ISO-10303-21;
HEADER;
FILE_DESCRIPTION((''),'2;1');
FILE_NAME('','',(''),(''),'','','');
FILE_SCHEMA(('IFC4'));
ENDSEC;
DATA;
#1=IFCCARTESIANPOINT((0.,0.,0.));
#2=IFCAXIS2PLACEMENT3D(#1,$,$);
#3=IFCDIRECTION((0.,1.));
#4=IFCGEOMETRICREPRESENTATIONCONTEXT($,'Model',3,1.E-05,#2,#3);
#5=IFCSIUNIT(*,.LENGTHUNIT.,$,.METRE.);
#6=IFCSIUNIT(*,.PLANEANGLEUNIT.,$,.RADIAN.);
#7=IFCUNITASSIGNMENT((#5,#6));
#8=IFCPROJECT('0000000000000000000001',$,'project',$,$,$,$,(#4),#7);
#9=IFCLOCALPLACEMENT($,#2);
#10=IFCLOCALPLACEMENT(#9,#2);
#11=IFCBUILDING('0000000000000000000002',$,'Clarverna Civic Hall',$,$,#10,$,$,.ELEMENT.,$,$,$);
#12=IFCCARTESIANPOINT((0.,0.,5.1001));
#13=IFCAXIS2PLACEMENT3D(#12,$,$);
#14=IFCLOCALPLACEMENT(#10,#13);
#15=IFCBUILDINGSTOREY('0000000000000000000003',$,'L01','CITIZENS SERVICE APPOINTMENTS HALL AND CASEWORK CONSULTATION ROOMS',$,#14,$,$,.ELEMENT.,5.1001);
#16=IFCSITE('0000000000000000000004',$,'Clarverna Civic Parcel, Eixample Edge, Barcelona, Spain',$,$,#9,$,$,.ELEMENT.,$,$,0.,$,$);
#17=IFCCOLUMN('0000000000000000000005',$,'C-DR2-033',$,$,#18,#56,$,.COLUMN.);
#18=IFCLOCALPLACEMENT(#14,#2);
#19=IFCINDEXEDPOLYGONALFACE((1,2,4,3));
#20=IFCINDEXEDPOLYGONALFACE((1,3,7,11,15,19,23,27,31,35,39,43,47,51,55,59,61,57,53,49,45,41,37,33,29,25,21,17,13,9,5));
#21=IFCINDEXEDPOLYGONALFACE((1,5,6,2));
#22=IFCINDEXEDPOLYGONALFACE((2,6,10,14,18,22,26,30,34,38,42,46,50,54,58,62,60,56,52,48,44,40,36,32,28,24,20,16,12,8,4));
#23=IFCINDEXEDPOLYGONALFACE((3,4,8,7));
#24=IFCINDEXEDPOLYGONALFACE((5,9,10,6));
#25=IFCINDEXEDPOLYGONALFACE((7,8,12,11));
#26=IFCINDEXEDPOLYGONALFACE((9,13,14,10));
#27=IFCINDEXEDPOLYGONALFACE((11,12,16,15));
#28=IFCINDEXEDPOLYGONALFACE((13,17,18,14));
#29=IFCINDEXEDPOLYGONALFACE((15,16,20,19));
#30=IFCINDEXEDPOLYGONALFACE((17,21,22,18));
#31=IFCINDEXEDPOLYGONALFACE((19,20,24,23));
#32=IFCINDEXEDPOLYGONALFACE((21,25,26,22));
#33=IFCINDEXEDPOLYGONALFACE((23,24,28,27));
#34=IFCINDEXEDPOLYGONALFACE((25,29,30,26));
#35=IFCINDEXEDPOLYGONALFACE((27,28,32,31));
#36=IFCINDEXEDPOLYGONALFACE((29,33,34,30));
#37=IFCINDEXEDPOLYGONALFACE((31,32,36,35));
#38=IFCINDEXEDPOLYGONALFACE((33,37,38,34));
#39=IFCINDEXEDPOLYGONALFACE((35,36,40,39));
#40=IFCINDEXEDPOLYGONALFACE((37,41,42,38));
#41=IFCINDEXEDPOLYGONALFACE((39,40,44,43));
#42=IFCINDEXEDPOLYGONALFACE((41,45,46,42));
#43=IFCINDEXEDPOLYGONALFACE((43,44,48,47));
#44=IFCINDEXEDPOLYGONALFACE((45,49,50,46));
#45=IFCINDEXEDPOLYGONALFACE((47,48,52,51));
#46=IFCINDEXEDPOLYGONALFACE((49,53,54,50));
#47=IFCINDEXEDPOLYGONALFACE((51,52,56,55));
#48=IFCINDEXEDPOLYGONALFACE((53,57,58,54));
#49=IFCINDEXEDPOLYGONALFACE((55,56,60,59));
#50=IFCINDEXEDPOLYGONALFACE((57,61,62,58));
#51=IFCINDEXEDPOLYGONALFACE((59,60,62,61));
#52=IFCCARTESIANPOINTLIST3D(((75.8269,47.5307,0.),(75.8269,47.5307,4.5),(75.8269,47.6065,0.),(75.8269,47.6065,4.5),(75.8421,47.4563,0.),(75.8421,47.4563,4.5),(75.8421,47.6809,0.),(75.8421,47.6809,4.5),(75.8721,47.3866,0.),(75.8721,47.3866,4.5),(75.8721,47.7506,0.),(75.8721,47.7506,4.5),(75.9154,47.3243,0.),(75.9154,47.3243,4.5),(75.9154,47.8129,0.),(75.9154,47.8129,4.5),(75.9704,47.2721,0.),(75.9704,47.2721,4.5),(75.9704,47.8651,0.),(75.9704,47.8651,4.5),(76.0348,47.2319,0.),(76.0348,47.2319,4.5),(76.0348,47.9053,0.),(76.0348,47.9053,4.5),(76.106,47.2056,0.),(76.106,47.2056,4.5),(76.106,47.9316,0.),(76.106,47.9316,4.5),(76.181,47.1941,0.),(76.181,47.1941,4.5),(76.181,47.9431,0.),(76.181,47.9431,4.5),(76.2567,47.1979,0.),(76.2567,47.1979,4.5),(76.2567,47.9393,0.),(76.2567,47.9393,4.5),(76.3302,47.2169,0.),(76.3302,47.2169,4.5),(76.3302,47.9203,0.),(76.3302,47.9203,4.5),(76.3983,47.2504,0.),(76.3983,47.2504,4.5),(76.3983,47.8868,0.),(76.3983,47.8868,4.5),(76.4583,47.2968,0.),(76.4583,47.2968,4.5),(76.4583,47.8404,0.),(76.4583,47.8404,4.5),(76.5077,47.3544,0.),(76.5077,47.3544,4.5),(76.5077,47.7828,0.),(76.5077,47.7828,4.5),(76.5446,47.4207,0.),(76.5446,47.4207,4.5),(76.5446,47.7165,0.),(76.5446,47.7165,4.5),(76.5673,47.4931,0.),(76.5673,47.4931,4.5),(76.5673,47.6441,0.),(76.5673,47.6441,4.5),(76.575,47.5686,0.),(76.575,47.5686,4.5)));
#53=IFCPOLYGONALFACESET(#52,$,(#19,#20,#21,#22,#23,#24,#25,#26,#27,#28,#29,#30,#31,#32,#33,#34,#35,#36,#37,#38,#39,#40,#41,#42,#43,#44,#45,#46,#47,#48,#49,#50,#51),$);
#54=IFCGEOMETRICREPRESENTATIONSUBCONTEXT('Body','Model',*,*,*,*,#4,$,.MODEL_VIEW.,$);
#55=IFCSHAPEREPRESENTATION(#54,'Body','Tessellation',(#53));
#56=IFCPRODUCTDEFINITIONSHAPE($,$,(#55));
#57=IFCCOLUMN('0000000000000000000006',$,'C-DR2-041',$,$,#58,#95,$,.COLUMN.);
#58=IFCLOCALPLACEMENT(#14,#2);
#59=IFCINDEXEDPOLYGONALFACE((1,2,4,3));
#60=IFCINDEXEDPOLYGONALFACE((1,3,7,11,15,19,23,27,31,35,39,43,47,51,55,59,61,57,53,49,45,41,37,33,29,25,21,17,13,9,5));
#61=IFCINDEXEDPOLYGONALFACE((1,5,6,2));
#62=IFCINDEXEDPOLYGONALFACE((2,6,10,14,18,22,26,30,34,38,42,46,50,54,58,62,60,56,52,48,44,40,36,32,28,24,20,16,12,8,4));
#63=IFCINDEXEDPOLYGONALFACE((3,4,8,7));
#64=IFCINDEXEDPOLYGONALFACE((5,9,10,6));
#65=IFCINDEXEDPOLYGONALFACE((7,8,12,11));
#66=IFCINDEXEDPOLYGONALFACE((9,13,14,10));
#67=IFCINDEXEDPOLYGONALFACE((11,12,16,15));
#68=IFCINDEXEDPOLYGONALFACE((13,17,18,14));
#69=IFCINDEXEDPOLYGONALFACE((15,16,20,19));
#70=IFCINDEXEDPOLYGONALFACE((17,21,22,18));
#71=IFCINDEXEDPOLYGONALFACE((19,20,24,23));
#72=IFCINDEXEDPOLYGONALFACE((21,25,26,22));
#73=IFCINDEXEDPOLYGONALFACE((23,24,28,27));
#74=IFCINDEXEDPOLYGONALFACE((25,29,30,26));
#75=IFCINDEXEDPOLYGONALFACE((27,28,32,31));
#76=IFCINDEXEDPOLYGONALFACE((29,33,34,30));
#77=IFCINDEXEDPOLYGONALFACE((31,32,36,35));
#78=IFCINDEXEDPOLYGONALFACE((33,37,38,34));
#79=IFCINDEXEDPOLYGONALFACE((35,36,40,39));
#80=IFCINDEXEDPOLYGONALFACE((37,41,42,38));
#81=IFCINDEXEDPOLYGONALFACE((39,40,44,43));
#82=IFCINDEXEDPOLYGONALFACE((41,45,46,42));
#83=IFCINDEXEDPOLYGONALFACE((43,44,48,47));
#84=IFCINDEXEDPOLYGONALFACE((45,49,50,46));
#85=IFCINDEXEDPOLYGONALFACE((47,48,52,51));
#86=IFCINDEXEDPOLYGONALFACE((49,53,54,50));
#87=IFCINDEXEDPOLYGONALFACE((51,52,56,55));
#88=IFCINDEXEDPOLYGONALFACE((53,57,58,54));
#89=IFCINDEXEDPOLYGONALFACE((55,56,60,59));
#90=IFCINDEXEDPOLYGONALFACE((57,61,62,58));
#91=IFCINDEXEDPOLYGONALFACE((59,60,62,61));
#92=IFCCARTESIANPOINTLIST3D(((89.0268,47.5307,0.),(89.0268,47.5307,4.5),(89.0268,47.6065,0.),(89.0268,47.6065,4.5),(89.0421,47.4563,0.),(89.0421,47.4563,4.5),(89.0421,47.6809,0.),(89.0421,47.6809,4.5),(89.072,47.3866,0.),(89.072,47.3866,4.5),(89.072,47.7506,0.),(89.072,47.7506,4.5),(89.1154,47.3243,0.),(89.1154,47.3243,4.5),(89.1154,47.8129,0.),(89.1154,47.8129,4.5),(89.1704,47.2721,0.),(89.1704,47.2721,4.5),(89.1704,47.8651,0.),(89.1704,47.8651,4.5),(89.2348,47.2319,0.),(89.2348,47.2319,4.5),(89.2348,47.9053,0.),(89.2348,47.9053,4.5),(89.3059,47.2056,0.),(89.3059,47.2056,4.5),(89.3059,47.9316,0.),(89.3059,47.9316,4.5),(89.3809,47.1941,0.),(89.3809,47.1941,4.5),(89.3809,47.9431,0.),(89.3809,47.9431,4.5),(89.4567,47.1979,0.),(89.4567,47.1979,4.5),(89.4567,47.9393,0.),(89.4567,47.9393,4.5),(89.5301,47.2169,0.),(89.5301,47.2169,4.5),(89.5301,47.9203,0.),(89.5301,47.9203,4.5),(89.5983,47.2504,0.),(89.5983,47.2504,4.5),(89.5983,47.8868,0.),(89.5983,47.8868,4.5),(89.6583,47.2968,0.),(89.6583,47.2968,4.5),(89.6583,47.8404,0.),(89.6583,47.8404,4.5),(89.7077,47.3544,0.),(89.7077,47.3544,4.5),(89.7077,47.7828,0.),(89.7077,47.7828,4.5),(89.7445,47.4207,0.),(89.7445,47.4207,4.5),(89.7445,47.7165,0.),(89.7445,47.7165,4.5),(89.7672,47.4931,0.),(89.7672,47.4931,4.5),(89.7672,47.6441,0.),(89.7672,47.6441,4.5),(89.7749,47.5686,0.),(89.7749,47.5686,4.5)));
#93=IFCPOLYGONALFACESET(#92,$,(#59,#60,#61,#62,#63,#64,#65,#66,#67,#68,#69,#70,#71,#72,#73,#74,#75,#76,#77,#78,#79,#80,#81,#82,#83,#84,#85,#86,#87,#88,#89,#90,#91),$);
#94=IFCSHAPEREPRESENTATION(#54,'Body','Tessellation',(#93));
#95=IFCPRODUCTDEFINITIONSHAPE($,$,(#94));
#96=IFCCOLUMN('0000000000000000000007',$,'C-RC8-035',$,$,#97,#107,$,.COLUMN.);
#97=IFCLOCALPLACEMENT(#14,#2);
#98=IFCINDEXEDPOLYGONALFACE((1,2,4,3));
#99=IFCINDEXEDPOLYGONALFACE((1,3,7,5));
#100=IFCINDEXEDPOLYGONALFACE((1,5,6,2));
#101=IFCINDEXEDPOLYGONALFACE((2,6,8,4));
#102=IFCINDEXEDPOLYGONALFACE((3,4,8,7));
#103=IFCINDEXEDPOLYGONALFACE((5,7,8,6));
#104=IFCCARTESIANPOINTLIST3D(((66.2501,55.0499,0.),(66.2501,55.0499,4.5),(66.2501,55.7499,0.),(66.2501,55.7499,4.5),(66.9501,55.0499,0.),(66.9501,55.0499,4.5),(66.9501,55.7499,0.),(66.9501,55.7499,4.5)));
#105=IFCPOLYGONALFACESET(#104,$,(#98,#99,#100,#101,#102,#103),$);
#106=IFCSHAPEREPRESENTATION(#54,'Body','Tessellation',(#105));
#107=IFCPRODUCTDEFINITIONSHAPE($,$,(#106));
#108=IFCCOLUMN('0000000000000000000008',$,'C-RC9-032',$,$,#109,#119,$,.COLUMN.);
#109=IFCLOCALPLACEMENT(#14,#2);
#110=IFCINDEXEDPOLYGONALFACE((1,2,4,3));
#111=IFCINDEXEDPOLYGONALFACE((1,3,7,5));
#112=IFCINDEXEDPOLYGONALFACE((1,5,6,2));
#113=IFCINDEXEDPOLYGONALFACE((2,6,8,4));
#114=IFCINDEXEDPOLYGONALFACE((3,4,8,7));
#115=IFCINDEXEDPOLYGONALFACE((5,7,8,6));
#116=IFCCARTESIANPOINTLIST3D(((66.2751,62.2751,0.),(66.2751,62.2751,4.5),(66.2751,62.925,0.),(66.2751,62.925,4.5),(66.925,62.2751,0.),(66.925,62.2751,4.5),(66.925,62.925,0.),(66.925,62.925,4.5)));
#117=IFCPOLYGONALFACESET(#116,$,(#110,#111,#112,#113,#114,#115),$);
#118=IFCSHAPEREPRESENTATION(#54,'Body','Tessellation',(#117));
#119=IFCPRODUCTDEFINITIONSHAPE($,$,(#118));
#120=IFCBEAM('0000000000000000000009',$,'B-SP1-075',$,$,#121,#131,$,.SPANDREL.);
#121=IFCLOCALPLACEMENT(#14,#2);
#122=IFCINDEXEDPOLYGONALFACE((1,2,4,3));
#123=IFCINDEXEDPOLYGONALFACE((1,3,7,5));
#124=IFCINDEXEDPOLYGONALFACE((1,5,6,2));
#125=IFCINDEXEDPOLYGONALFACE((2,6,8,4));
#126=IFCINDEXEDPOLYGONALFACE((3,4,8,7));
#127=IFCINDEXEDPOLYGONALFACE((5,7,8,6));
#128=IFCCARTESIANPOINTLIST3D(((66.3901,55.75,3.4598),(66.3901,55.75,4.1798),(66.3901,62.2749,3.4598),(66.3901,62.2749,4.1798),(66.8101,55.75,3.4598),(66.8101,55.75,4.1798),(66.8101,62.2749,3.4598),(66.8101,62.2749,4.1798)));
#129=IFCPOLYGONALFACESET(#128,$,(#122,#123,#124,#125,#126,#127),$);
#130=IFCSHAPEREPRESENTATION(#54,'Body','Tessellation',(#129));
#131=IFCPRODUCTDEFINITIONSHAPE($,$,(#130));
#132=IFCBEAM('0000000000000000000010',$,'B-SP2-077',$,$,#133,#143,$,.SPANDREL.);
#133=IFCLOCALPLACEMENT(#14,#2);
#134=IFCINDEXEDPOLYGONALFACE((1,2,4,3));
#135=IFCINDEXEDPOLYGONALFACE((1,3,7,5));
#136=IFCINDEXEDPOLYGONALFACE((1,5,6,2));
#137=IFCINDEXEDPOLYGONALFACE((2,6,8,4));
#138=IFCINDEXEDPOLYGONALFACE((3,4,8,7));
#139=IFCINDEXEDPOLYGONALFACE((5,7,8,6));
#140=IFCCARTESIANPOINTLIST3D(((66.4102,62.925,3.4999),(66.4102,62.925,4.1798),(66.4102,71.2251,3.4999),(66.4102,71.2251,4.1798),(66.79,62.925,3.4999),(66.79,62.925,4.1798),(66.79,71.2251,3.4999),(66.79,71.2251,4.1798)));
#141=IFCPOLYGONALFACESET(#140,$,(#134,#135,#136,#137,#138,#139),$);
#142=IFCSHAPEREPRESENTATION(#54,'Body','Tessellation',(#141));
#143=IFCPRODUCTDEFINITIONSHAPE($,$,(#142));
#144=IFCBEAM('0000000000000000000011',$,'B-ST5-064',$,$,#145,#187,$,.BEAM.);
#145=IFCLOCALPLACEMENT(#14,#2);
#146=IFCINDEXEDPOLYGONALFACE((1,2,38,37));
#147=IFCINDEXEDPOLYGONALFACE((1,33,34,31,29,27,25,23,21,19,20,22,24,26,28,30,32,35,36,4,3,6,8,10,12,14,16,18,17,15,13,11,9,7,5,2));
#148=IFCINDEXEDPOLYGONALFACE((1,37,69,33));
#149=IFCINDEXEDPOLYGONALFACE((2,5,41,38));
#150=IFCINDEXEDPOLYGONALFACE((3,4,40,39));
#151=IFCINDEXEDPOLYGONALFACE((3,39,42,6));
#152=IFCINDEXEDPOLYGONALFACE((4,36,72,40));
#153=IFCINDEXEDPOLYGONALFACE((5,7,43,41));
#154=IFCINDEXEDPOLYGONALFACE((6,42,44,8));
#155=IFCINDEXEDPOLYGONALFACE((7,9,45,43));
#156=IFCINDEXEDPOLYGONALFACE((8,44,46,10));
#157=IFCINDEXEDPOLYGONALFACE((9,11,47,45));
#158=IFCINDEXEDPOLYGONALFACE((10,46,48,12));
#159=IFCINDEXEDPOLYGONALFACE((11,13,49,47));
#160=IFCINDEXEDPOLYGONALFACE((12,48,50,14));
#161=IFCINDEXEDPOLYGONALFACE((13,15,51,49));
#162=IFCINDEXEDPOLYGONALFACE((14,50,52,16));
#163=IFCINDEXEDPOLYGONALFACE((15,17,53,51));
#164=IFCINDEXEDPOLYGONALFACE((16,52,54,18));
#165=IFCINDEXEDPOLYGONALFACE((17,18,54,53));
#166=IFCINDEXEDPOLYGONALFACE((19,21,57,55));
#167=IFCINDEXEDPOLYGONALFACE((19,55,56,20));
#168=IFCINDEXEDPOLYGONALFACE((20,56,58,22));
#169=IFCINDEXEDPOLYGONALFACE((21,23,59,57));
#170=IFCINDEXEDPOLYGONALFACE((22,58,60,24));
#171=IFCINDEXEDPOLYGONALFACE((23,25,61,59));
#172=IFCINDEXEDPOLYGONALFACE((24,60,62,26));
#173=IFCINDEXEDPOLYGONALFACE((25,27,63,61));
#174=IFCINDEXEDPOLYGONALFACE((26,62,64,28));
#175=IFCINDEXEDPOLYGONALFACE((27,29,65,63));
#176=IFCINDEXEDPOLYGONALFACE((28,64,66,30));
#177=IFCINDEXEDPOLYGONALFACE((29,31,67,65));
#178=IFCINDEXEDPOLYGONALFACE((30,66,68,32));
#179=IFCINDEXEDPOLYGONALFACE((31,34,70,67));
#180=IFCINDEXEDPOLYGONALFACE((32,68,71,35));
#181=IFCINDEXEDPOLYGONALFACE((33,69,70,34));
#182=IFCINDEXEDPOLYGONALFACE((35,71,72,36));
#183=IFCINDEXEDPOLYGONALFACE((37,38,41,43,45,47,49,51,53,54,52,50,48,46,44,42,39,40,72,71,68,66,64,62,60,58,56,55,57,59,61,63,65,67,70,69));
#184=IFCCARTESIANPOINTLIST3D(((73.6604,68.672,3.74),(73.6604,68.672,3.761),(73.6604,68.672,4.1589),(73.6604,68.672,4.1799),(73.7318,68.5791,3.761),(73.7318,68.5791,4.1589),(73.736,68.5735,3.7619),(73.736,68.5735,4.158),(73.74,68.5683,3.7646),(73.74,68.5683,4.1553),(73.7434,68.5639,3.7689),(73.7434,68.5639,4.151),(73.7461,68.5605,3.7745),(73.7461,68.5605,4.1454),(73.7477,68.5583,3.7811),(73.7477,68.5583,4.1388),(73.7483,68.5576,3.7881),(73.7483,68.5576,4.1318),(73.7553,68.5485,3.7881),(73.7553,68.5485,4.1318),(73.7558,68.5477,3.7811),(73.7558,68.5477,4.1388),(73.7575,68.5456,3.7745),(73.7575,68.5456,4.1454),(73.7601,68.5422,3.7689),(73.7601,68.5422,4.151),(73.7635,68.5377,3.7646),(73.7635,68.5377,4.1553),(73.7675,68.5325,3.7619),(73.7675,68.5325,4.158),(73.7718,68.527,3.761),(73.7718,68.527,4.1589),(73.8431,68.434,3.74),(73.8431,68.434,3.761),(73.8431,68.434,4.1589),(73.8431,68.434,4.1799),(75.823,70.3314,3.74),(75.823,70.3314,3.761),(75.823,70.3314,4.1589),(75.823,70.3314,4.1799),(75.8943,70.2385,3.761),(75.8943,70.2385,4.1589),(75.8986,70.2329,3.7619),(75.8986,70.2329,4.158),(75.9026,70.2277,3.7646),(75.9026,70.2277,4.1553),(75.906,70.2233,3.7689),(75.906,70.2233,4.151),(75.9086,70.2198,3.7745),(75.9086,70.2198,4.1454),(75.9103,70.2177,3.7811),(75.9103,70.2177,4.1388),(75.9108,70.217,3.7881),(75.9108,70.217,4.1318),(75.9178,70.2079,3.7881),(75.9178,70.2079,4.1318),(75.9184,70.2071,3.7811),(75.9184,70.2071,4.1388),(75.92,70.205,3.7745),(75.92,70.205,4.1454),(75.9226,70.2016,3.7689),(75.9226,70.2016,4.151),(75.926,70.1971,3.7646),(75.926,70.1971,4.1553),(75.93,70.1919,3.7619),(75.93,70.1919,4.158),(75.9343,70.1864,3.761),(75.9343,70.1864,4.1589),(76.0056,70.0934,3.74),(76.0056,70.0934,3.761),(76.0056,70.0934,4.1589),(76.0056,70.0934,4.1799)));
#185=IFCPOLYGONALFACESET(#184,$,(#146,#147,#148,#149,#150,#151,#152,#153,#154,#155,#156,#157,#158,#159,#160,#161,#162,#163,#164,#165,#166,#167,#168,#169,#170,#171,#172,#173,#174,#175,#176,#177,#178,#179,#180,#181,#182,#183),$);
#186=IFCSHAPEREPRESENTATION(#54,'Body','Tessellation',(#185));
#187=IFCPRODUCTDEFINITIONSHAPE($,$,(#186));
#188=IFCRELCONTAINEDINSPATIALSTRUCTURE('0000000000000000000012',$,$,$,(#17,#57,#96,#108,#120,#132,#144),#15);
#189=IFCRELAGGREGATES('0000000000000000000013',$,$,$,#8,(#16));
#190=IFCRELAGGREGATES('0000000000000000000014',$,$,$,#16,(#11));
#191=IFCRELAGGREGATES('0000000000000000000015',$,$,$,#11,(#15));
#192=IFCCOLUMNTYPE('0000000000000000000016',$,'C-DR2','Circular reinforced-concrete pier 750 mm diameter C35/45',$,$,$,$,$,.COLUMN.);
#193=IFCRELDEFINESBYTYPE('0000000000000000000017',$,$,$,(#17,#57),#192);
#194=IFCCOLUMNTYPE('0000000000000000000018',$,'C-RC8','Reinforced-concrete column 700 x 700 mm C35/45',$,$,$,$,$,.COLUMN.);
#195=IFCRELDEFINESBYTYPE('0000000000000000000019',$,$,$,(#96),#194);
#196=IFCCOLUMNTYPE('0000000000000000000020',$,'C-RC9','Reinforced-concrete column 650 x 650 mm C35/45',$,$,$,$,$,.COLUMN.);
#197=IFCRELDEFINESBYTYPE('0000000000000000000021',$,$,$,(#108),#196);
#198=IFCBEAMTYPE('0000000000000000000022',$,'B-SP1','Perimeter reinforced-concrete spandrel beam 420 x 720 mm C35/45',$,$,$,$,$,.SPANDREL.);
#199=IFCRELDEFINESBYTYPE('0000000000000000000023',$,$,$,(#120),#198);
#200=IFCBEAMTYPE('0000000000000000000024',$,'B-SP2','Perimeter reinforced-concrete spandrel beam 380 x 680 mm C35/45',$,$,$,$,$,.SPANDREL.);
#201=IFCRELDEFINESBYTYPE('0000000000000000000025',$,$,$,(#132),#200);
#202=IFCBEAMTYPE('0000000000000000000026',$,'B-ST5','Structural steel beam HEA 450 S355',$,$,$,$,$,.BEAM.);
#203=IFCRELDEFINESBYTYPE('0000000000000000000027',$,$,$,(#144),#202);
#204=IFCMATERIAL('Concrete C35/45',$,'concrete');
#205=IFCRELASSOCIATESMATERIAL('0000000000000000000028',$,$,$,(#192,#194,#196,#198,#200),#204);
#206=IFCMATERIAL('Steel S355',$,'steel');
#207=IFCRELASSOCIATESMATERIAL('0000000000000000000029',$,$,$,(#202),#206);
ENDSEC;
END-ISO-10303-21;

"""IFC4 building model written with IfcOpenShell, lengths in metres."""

from ifc_helpers import new_model, si_unit, direction, frame, origin, origin_2d, place, context, subcontext, project, spatial, rectangle, circle, i_section, extrude, material, material_profile, profile_set, type_object, element, save


model = new_model("IFC4")

# Units and contexts
model_context = context("Model", 3, precision=1e-05, world=origin(), true_north=direction((0.0, 1.0)))
body_context = subcontext(model_context, "Body", "Model", "MODEL_VIEW")
ifc_project = project(units=[si_unit("LENGTHUNIT", "METRE"), si_unit("PLANEANGLEUNIT", "RADIAN")], contexts=[model_context])

# Site, building, storey
site_placement = place(None, origin())
site = spatial("IfcSite", under=ifc_project, at=site_placement, Name="Clarverna Civic Parcel, Eixample Edge, Barcelona, Spain", CompositionType="ELEMENT", RefElevation=0.0)
building_placement = place(site_placement, origin())
building = spatial("IfcBuilding", under=site, at=building_placement, Name="Clarverna Civic Hall", CompositionType="ELEMENT")
storey_placement = place(building_placement, frame((0.0, 0.0, 5.1001)))
storey = spatial("IfcBuildingStorey", under=building, at=storey_placement, Name="L01", Description="CITIZENS SERVICE APPOINTMENTS HALL AND CASEWORK CONSULTATION ROOMS", CompositionType="ELEMENT", Elevation=5.1001)

# Columns
ifc_material_1 = material(Name="Concrete C35/45", Category="concrete")
ifc_material_profile_1 = material_profile(ifc_material_1, circle(Radius=0.375, at=origin_2d()), Name="RC D750")
ifc_profile_set_1 = profile_set([ifc_material_profile_1], Name="Concrete C35/45")
column_type_1 = type_object("IfcColumnType", Name="C-DR2", Description="Circular reinforced-concrete pier 750 mm diameter C35/45", PredefinedType="COLUMN", material=ifc_profile_set_1)
for number, where, z_axis, x_axis, name in (
    (1, (76.2, 47.5686, 0.0), (0.0, 0.0, 1.0), (1.0, 0.0, 0.0), "C-DR2-033"),
    (2, (89.3999, 47.5686, 0.0), (0.0, 0.0, 1.0), (1.0, 0.0, 0.0), "C-DR2-041"),
):
    element("IfcColumn", number, at=place(storey_placement, frame(where, z_axis=z_axis, x_axis=x_axis)), inside=storey, type_object=column_type_1, Name=name, PredefinedType="COLUMN", context=body_context, shape_type="SweptSolid", body=[
        extrude(circle(Radius=0.375, at=origin_2d()), origin(), (0.0, 0.0, 1.0), 4.5),
    ])
ifc_material_profile_2 = material_profile(ifc_material_1, rectangle(XDim=0.7, YDim=0.7, at=origin_2d()), Name="RC 700x700")
ifc_profile_set_2 = profile_set([ifc_material_profile_2], Name="Concrete C35/45")
column_type_2 = type_object("IfcColumnType", Name="C-RC8", Description="Reinforced-concrete column 700 x 700 mm C35/45", PredefinedType="COLUMN", material=ifc_profile_set_2)
column_1_placement = place(storey_placement, frame((66.6001, 55.3999, 0.0), z_axis=(0.0, 0.0, 1.0), x_axis=(1.0, 0.0, 0.0)))
element("IfcColumn", 3, at=column_1_placement, inside=storey, type_object=column_type_2, Name="C-RC8-035", PredefinedType="COLUMN", context=body_context, shape_type="SweptSolid", body=[
    extrude(rectangle(XDim=0.7, YDim=0.7, at=origin_2d()), origin(), (0.0, 0.0, 1.0), 4.5),
])
ifc_material_profile_3 = material_profile(ifc_material_1, rectangle(XDim=0.6499, YDim=0.6499, at=origin_2d()), Name="RC 650x650")
ifc_profile_set_3 = profile_set([ifc_material_profile_3], Name="Concrete C35/45")
column_type_3 = type_object("IfcColumnType", Name="C-RC9", Description="Reinforced-concrete column 650 x 650 mm C35/45", PredefinedType="COLUMN", material=ifc_profile_set_3)
column_2_placement = place(storey_placement, frame((66.6001, 62.6001, 0.0), z_axis=(0.0, 0.0, 1.0), x_axis=(1.0, 0.0, 0.0)))
element("IfcColumn", 4, at=column_2_placement, inside=storey, type_object=column_type_3, Name="C-RC9-032", PredefinedType="COLUMN", context=body_context, shape_type="SweptSolid", body=[
    extrude(rectangle(XDim=0.6499, YDim=0.6499, at=origin_2d()), origin(), (0.0, 0.0, 1.0), 4.5),
])

# Beams
ifc_material_profile_4 = material_profile(ifc_material_1, rectangle(XDim=0.4199, YDim=0.72, at=origin_2d()), Name="RC 420x720")
ifc_profile_set_4 = profile_set([ifc_material_profile_4], Name="Concrete C35/45")
beam_type_1 = type_object("IfcBeamType", Name="B-SP1", Description="Perimeter reinforced-concrete spandrel beam 420 x 720 mm C35/45", PredefinedType="SPANDREL", material=ifc_profile_set_4)
beam_1_placement = place(storey_placement, frame((66.6001, 55.75, 3.8198), z_axis=(0.0, 1.0, 0.0), x_axis=(-1.0, 0.0, 0.0)))
element("IfcBeam", 5, at=beam_1_placement, inside=storey, type_object=beam_type_1, Name="B-SP1-075", PredefinedType="SPANDREL", context=body_context, shape_type="SweptSolid", body=[
    extrude(rectangle(XDim=0.4199, YDim=0.72, at=origin_2d()), origin(), (0.0, 0.0, 1.0), 6.5249),
])
ifc_material_profile_5 = material_profile(ifc_material_1, rectangle(XDim=0.3799, YDim=0.6799, at=origin_2d()), Name="RC 380x680")
ifc_profile_set_5 = profile_set([ifc_material_profile_5], Name="Concrete C35/45")
beam_type_2 = type_object("IfcBeamType", Name="B-SP2", Description="Perimeter reinforced-concrete spandrel beam 380 x 680 mm C35/45", PredefinedType="SPANDREL", material=ifc_profile_set_5)
beam_2_placement = place(storey_placement, frame((66.6001, 62.925, 3.8398), z_axis=(0.0, 1.0, 0.0), x_axis=(-1.0, 0.0, 0.0)))
element("IfcBeam", 6, at=beam_2_placement, inside=storey, type_object=beam_type_2, Name="B-SP2-077", PredefinedType="SPANDREL", context=body_context, shape_type="SweptSolid", body=[
    extrude(rectangle(XDim=0.3799, YDim=0.6799, at=origin_2d()), origin(), (0.0, 0.0, 1.0), 8.3),
])
ifc_material_2 = material(Name="Steel S355", Category="steel")
ifc_material_profile_6 = material_profile(ifc_material_2, i_section(OverallWidth=0.3, OverallDepth=0.4399, WebThickness=0.0115, FlangeThickness=0.021, FilletRadius=0.0271, at=origin_2d()), Name="HEA 450")
ifc_profile_set_6 = profile_set([ifc_material_profile_6], Name="Steel S355")
beam_type_3 = type_object("IfcBeamType", Name="B-ST5", Description="Structural steel beam HEA 450 S355", PredefinedType="BEAM", material=ifc_profile_set_6)
for number, where, z_axis, x_axis, name in (
    (7, (75.9143, 70.2124, 3.96), (-0.793353, -0.608762, 0.0), (0.608762, -0.793353, 0.0), "B-ST5-064"),
):
    element("IfcBeam", number, at=place(storey_placement, frame(where, z_axis=z_axis, x_axis=x_axis)), inside=storey, type_object=beam_type_3, Name=name, PredefinedType="BEAM", context=body_context, shape_type="SweptSolid", body=[
        extrude(i_section(OverallWidth=0.3, OverallDepth=0.4399, WebThickness=0.0115, FlangeThickness=0.021, FilletRadius=0.0271, at=origin_2d()), origin(), (0.0, 0.0, 1.0), 2.7258),
    ])

save(model, "model.ifc")
